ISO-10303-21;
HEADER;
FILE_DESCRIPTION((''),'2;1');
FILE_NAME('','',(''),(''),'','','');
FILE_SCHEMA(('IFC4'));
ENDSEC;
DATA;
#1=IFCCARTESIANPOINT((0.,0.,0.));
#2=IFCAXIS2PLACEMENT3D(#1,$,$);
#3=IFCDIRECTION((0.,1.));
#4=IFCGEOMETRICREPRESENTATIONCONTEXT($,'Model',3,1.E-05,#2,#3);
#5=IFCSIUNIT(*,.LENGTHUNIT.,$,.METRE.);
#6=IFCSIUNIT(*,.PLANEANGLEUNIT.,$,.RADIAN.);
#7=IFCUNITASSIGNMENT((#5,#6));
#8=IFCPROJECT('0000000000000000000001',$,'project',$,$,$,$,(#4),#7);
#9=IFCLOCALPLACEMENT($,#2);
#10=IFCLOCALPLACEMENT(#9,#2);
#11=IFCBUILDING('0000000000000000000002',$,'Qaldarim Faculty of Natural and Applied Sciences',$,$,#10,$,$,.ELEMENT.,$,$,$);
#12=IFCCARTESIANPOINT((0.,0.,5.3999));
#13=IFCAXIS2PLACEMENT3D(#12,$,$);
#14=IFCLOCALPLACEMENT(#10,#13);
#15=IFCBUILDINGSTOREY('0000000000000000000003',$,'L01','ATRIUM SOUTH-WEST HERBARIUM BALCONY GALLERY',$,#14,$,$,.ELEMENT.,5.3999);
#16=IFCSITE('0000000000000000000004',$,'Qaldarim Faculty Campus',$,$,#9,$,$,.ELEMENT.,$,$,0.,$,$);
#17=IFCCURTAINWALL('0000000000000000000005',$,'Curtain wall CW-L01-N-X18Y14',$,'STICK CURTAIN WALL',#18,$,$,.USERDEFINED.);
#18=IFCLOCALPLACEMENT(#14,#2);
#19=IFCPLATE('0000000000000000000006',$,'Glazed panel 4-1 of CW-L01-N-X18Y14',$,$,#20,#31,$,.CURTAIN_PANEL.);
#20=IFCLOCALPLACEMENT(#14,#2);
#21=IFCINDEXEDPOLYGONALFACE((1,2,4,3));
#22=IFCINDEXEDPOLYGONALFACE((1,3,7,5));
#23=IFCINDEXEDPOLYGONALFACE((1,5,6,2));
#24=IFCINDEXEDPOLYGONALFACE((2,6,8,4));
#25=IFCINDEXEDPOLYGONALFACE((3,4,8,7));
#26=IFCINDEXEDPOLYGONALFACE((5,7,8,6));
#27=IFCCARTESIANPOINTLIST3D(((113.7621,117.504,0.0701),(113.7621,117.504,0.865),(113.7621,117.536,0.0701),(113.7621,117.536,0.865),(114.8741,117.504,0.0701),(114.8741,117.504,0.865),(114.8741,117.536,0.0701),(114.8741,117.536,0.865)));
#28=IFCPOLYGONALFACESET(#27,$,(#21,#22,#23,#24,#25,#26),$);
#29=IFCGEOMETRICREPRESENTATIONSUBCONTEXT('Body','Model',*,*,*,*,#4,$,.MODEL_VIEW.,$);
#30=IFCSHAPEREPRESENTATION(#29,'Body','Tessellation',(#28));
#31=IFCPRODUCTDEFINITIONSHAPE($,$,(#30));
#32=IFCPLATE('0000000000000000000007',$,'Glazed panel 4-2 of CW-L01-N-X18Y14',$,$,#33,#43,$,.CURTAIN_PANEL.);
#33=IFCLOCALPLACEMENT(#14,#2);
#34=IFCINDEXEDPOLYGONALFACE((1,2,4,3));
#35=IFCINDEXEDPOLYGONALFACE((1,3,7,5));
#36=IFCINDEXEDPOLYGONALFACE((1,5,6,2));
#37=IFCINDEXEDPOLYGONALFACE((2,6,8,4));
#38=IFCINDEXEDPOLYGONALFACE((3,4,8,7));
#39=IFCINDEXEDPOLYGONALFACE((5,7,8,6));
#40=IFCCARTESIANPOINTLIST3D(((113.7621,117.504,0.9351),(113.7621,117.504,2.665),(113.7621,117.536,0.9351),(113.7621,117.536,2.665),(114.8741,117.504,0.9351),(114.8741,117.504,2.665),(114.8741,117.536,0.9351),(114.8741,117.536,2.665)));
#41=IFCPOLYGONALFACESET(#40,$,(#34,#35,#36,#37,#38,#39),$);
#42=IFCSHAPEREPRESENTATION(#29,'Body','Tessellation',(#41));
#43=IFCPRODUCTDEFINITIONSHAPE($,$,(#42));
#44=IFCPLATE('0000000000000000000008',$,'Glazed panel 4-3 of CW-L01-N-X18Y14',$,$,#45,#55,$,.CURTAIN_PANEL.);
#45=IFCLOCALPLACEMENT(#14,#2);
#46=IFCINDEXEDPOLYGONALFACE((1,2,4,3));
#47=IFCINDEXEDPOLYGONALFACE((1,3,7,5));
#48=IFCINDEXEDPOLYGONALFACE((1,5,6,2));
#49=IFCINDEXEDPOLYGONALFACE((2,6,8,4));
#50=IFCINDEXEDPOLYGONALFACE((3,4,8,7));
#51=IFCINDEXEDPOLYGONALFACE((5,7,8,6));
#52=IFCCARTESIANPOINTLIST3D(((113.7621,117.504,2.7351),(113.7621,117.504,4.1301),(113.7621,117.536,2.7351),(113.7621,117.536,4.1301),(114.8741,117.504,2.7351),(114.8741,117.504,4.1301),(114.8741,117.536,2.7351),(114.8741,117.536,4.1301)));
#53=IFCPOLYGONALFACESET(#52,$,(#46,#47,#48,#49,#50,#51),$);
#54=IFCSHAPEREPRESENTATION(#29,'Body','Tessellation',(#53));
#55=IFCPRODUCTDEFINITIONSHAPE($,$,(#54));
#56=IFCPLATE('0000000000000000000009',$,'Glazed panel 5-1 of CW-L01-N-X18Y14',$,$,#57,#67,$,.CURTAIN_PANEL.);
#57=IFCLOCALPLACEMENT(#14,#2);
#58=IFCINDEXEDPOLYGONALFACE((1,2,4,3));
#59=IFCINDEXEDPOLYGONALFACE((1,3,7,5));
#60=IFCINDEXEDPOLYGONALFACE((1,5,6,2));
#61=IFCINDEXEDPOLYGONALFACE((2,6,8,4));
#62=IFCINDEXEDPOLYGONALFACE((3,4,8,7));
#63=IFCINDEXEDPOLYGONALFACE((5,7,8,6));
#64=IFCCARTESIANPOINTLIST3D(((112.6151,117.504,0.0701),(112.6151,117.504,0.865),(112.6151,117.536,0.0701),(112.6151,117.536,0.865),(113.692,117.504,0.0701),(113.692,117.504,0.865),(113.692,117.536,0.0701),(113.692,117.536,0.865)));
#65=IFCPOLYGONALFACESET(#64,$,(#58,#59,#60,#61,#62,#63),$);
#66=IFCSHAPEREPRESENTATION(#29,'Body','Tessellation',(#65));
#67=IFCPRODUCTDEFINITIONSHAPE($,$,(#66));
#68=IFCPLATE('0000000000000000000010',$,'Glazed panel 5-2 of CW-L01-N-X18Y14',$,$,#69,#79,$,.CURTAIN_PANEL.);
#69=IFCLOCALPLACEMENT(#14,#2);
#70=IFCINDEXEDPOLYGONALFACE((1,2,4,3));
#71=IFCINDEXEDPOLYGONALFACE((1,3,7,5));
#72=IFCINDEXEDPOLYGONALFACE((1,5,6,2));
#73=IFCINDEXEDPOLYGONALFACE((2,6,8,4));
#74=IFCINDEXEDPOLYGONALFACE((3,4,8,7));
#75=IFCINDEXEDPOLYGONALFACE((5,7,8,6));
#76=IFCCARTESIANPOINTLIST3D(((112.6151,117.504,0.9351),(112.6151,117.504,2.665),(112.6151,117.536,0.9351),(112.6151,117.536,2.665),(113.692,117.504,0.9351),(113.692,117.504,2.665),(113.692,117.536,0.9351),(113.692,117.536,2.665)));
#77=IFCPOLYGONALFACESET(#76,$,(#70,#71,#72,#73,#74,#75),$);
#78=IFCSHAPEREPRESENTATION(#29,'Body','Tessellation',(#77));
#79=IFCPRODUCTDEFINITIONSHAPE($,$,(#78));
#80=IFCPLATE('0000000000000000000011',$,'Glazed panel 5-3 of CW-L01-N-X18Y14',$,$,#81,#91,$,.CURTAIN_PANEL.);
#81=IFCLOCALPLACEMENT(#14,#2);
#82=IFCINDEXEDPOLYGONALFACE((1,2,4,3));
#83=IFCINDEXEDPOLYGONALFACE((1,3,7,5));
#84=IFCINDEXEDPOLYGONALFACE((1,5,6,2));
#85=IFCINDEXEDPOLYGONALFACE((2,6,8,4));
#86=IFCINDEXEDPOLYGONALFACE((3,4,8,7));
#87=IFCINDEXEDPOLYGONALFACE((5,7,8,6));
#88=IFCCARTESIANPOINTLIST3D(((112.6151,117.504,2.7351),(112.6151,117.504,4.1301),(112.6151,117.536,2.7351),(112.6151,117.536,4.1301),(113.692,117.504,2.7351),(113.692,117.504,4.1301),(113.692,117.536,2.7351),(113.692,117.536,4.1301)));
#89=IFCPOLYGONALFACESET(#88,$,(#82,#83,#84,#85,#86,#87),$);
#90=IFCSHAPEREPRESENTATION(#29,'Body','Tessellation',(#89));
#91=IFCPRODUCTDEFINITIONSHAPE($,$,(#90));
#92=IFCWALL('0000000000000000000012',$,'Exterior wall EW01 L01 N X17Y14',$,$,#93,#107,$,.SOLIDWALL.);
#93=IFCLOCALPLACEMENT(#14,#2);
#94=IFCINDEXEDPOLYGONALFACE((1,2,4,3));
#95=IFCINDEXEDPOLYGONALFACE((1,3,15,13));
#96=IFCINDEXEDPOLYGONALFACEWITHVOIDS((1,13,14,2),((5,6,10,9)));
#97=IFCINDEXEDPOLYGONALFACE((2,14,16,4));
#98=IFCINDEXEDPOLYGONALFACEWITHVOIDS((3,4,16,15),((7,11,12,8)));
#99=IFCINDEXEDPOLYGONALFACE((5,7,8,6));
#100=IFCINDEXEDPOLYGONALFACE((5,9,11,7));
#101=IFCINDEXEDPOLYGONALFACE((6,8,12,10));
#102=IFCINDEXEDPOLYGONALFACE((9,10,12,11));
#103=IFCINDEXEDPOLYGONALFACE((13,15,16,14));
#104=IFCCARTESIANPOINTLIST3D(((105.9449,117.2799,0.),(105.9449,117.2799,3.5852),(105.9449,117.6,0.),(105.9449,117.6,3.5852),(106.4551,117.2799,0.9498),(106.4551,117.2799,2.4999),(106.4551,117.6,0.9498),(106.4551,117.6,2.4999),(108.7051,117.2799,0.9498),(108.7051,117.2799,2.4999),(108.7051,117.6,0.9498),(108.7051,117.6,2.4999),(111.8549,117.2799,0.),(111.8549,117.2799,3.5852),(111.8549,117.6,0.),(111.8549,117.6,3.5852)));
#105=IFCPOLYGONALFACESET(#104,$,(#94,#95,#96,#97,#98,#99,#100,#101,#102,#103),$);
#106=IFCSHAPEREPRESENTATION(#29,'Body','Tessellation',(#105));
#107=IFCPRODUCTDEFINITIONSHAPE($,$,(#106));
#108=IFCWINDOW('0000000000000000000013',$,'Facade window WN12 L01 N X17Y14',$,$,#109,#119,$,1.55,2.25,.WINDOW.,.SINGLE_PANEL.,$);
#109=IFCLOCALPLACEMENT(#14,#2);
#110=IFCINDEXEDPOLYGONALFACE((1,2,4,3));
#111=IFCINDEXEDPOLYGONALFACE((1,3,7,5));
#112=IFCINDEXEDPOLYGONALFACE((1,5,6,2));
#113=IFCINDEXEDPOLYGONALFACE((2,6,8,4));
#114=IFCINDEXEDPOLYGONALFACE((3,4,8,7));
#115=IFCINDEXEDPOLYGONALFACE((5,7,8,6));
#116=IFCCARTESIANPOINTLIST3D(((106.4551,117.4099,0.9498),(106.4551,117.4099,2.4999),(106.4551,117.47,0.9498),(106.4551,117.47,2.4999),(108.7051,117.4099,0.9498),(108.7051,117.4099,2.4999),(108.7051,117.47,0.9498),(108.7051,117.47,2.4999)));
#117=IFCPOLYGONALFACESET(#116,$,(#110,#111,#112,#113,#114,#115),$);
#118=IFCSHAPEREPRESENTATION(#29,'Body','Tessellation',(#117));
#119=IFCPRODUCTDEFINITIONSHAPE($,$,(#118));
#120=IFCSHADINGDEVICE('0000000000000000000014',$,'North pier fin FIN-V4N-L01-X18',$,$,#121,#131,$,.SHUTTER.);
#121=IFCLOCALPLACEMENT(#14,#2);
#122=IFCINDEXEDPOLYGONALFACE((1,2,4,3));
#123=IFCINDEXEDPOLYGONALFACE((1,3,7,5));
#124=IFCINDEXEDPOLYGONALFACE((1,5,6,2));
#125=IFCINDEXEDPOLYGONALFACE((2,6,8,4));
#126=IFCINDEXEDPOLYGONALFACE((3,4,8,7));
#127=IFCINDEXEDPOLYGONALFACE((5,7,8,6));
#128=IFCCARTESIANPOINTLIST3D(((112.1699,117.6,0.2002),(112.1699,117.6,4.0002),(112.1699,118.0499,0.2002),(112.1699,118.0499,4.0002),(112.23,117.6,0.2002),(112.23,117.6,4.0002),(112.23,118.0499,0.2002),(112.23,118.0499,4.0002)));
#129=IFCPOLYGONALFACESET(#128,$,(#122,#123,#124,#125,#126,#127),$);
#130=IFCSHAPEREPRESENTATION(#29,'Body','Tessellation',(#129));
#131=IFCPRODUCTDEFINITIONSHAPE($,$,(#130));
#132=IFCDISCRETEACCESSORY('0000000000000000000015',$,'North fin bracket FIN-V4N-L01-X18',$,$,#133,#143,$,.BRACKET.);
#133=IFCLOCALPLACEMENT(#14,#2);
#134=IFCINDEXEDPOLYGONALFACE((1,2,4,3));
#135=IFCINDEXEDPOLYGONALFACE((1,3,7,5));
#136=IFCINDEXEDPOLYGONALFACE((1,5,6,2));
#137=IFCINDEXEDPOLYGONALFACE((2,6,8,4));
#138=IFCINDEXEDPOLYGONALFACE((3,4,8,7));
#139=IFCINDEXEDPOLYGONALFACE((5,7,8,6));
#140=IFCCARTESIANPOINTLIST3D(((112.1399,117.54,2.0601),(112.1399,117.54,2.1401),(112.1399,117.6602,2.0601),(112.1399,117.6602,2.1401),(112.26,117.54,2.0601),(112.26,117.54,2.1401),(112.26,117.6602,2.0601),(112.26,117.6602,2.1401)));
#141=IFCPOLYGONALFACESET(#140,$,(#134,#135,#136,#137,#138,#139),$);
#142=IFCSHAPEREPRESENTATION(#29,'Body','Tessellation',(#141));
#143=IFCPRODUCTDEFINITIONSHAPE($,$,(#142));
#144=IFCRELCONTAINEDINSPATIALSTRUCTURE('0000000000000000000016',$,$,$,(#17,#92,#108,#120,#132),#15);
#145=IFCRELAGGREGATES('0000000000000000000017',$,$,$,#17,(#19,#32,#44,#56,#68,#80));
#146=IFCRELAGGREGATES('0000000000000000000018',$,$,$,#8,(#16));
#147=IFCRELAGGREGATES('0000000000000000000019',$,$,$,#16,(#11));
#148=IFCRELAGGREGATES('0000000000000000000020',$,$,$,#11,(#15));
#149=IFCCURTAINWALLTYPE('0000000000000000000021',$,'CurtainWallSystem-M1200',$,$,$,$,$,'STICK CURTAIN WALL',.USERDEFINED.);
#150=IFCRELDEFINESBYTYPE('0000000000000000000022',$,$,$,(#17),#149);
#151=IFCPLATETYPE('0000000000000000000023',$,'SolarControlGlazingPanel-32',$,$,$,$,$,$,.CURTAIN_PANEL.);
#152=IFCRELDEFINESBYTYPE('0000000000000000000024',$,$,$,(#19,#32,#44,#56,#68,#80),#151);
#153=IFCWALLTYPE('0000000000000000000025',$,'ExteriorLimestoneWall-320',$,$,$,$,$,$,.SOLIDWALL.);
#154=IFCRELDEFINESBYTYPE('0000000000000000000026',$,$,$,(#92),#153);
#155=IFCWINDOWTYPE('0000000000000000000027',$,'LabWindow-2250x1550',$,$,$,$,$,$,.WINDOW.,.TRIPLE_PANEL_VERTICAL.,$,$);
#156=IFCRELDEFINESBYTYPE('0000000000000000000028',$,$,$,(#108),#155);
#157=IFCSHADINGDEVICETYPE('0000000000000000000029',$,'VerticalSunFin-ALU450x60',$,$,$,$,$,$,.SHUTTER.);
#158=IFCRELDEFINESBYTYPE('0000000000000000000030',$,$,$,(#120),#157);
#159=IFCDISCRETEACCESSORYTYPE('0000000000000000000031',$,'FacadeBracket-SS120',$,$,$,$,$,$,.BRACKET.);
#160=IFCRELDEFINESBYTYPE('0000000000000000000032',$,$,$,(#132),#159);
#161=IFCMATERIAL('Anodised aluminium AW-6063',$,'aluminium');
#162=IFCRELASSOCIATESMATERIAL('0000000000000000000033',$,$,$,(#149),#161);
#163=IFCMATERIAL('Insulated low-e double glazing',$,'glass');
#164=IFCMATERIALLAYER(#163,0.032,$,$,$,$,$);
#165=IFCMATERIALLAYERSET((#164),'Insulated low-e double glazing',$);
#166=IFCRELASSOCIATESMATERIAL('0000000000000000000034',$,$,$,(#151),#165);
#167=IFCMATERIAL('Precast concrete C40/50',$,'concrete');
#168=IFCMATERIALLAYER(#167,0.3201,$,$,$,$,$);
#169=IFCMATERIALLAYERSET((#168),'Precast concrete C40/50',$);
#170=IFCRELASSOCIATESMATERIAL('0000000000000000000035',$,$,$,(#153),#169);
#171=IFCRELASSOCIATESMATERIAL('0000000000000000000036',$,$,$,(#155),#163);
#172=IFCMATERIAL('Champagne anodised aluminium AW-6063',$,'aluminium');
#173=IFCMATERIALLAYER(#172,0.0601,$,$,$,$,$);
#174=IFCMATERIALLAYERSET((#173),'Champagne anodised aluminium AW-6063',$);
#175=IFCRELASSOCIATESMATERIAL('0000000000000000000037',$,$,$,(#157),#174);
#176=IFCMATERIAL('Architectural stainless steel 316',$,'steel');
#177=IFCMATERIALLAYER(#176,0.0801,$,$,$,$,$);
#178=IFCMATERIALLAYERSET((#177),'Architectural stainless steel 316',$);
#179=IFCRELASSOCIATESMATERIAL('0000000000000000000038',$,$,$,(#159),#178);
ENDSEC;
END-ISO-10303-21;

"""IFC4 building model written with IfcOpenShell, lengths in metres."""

from ifc_helpers import new_model, si_unit, direction, frame, frame_2d, origin, origin_2d, place, context, subcontext, project, spatial, rectangle, extrude, material, layer, layer_set, type_object, element, fill, aggregate, save


model = new_model("IFC4")

# Units and contexts
model_context = context("Model", 3, precision=1e-05, world=origin(), true_north=direction((0.0, 1.0)))
body_context = subcontext(model_context, "Body", "Model", "MODEL_VIEW")
ifc_project = project(units=[si_unit("LENGTHUNIT", "METRE"), si_unit("PLANEANGLEUNIT", "RADIAN")], contexts=[model_context])

# Site, building, storey
site_placement = place(None, origin())
site = spatial("IfcSite", under=ifc_project, at=site_placement, Name="Qaldarim Faculty Campus", CompositionType="ELEMENT", RefElevation=0.0)
building_placement = place(site_placement, origin())
building = spatial("IfcBuilding", under=site, at=building_placement, Name="Qaldarim Faculty of Natural and Applied Sciences", CompositionType="ELEMENT")
storey_placement = place(building_placement, frame((0.0, 0.0, 5.3999)))
storey = spatial("IfcBuildingStorey", under=building, at=storey_placement, Name="L01", Description="ATRIUM SOUTH-WEST HERBARIUM BALCONY GALLERY", CompositionType="ELEMENT", Elevation=5.3999)

# Curtain wall
ifc_material_1 = material(Name="Anodised aluminium AW-6063", Category="aluminium")
curtain_wall_type = type_object("IfcCurtainWallType", Name="CurtainWallSystem-M1200", ElementType="STICK CURTAIN WALL", PredefinedType="USERDEFINED", material=ifc_material_1)
curtain_wall_placement = place(storey_placement, origin())
curtain_wall = element("IfcCurtainWall", 1, at=curtain_wall_placement, inside=storey, type_object=curtain_wall_type, Name="Curtain wall CW-L01-N-X18Y14", ObjectType="STICK CURTAIN WALL", PredefinedType="USERDEFINED")

# Plates
ifc_material_2 = material(Name="Insulated low-e double glazing", Category="glass")
ifc_layer_1 = layer(ifc_material_2, 0.032)
ifc_layer_set_1 = layer_set([ifc_layer_1], Name="Insulated low-e double glazing")
plate_type = type_object("IfcPlateType", Name="SolarControlGlazingPanel-32", PredefinedType="CURTAIN_PANEL", material=ifc_layer_set_1)
plate_1_placement = place(storey_placement, frame((114.3181, 117.52, 0.0701), z_axis=(0.0, 0.0, 1.0), x_axis=(-1.0, 0.0, 0.0)))
plate_1 = element("IfcPlate", 2, at=plate_1_placement, type_object=plate_type, Name="Glazed panel 4-1 of CW-L01-N-X18Y14", PredefinedType="CURTAIN_PANEL", context=body_context, shape_type="SweptSolid", body=[
    extrude(rectangle(XDim=1.1121, YDim=0.032, at=origin_2d()), origin(), (0.0, 0.0, 1.0), 0.7949),
])
plate_2_placement = place(storey_placement, frame((114.3181, 117.52, 0.9351), z_axis=(0.0, 0.0, 1.0), x_axis=(-1.0, 0.0, 0.0)))
plate_2 = element("IfcPlate", 3, at=plate_2_placement, type_object=plate_type, Name="Glazed panel 4-2 of CW-L01-N-X18Y14", PredefinedType="CURTAIN_PANEL", context=body_context, shape_type="SweptSolid", body=[
    extrude(rectangle(XDim=1.1121, YDim=0.032, at=origin_2d()), origin(), (0.0, 0.0, 1.0), 1.73),
])
plate_3_placement = place(storey_placement, frame((114.3181, 117.52, 2.7351), z_axis=(0.0, 0.0, 1.0), x_axis=(-1.0, 0.0, 0.0)))
plate_3 = element("IfcPlate", 4, at=plate_3_placement, type_object=plate_type, Name="Glazed panel 4-3 of CW-L01-N-X18Y14", PredefinedType="CURTAIN_PANEL", context=body_context, shape_type="SweptSolid", body=[
    extrude(rectangle(XDim=1.1121, YDim=0.032, at=origin_2d()), origin(), (0.0, 0.0, 1.0), 1.395),
])
plate_4_placement = place(storey_placement, frame((113.1536, 117.52, 0.0701), z_axis=(0.0, 0.0, 1.0), x_axis=(-1.0, 0.0, 0.0)))
plate_4 = element("IfcPlate", 5, at=plate_4_placement, type_object=plate_type, Name="Glazed panel 5-1 of CW-L01-N-X18Y14", PredefinedType="CURTAIN_PANEL", context=body_context, shape_type="SweptSolid", body=[
    extrude(rectangle(XDim=1.0769, YDim=0.032, at=origin_2d()), origin(), (0.0, 0.0, 1.0), 0.7949),
])
plate_5_placement = place(storey_placement, frame((113.1536, 117.52, 0.9351), z_axis=(0.0, 0.0, 1.0), x_axis=(-1.0, 0.0, 0.0)))
plate_5 = element("IfcPlate", 6, at=plate_5_placement, type_object=plate_type, Name="Glazed panel 5-2 of CW-L01-N-X18Y14", PredefinedType="CURTAIN_PANEL", context=body_context, shape_type="SweptSolid", body=[
    extrude(rectangle(XDim=1.0769, YDim=0.032, at=origin_2d()), origin(), (0.0, 0.0, 1.0), 1.73),
])
plate_6_placement = place(storey_placement, frame((113.1536, 117.52, 2.7351), z_axis=(0.0, 0.0, 1.0), x_axis=(-1.0, 0.0, 0.0)))
plate_6 = element("IfcPlate", 7, at=plate_6_placement, type_object=plate_type, Name="Glazed panel 5-3 of CW-L01-N-X18Y14", PredefinedType="CURTAIN_PANEL", context=body_context, shape_type="SweptSolid", body=[
    extrude(rectangle(XDim=1.0769, YDim=0.032, at=origin_2d()), origin(), (0.0, 0.0, 1.0), 1.395),
])
aggregate(curtain_wall, [plate_1, plate_2, plate_3, plate_4, plate_5, plate_6])

# Wall, opening, window
ifc_material_3 = material(Name="Precast concrete C40/50", Category="concrete")
ifc_layer_2 = layer(ifc_material_3, 0.3201)
ifc_layer_set_2 = layer_set([ifc_layer_2], Name="Precast concrete C40/50")
wall_type = type_object("IfcWallType", Name="ExteriorLimestoneWall-320", PredefinedType="SOLIDWALL", material=ifc_layer_set_2)
wall_placement = place(storey_placement, frame((111.855, 117.4399, 0.0), z_axis=(0.0, 0.0, 1.0), x_axis=(-1.0, 0.0, 0.0)))
wall = element("IfcWall", 8, at=wall_placement, inside=storey, type_object=wall_type, Name="Exterior wall EW01 L01 N X17Y14", PredefinedType="SOLIDWALL", context=body_context, shape_type="SweptSolid", body=[
    extrude(rectangle(XDim=5.9099, YDim=0.3201, at=frame_2d((2.9551, 0.0))), origin(), (0.0, 0.0, 1.0), 3.5852),
])
opening_placement = place(wall_placement, frame((3.1499, 0.0, 0.95)))
opening = element("IfcOpeningElement", 9, at=opening_placement, cuts=wall, PredefinedType="OPENING", context=body_context, shape_type="SweptSolid", body=[
    extrude(rectangle(XDim=2.25, YDim=1.55, at=frame_2d((1.125, 0.7749))), frame((0.0, 0.1699, 0.0), z_axis=(0.0, -1.0, 0.0), x_axis=(1.0, 0.0, 0.0)), (0.0, 0.0, 1.0), 0.3401),
])
window_type = type_object("IfcWindowType", Name="LabWindow-2250x1550", PartitioningType="TRIPLE_PANEL_VERTICAL", PredefinedType="WINDOW", material=ifc_material_2)
window_placement = place(opening_placement, origin())
window = element("IfcWindow", 10, at=window_placement, inside=storey, type_object=window_type, Name="Facade window WN12 L01 N X17Y14", OverallHeight=1.55, OverallWidth=2.25, PartitioningType="SINGLE_PANEL", PredefinedType="WINDOW", context=body_context, shape_type="SweptSolid", body=[
    extrude(rectangle(XDim=2.25, YDim=1.55, at=frame_2d((1.125, 0.7749))), frame((0.0, 0.03, 0.0), z_axis=(0.0, -1.0, 0.0), x_axis=(1.0, 0.0, 0.0)), (0.0, 0.0, 1.0), 0.0601),
])
fill(opening, window)

# Shading device
ifc_material_4 = material(Name="Champagne anodised aluminium AW-6063", Category="aluminium")
ifc_layer_3 = layer(ifc_material_4, 0.0601)
ifc_layer_set_3 = layer_set([ifc_layer_3], Name="Champagne anodised aluminium AW-6063")
shading_device_type = type_object("IfcShadingDeviceType", Name="VerticalSunFin-ALU450x60", PredefinedType="SHUTTER", material=ifc_layer_set_3)
shading_device_placement = place(storey_placement, frame((112.2, 117.825, 0.2002), z_axis=(0.0, 0.0, 1.0), x_axis=(1.0, 0.0, 0.0)))
element("IfcShadingDevice", 11, at=shading_device_placement, inside=storey, type_object=shading_device_type, Name="North pier fin FIN-V4N-L01-X18", PredefinedType="SHUTTER", context=body_context, shape_type="SweptSolid", body=[
    extrude(rectangle(XDim=0.0601, YDim=0.45, at=origin_2d()), origin(), (0.0, 0.0, 1.0), 3.8),
])

# Discrete accessory
ifc_material_5 = material(Name="Architectural stainless steel 316", Category="steel")
ifc_layer_4 = layer(ifc_material_5, 0.0801)
ifc_layer_set_4 = layer_set([ifc_layer_4], Name="Architectural stainless steel 316")
discrete_accessory_type = type_object("IfcDiscreteAccessoryType", Name="FacadeBracket-SS120", PredefinedType="BRACKET", material=ifc_layer_set_4)
discrete_accessory_placement = place(storey_placement, frame((112.2, 117.6001, 2.0601), z_axis=(0.0, 0.0, 1.0), x_axis=(1.0, 0.0, 0.0)))
element("IfcDiscreteAccessory", 12, at=discrete_accessory_placement, inside=storey, type_object=discrete_accessory_type, Name="North fin bracket FIN-V4N-L01-X18", PredefinedType="BRACKET", context=body_context, shape_type="SweptSolid", body=[
    extrude(rectangle(XDim=0.1201, YDim=0.1201, at=origin_2d()), origin(), (0.0, 0.0, 1.0), 0.0801),
])

save(model, "model.ifc")
